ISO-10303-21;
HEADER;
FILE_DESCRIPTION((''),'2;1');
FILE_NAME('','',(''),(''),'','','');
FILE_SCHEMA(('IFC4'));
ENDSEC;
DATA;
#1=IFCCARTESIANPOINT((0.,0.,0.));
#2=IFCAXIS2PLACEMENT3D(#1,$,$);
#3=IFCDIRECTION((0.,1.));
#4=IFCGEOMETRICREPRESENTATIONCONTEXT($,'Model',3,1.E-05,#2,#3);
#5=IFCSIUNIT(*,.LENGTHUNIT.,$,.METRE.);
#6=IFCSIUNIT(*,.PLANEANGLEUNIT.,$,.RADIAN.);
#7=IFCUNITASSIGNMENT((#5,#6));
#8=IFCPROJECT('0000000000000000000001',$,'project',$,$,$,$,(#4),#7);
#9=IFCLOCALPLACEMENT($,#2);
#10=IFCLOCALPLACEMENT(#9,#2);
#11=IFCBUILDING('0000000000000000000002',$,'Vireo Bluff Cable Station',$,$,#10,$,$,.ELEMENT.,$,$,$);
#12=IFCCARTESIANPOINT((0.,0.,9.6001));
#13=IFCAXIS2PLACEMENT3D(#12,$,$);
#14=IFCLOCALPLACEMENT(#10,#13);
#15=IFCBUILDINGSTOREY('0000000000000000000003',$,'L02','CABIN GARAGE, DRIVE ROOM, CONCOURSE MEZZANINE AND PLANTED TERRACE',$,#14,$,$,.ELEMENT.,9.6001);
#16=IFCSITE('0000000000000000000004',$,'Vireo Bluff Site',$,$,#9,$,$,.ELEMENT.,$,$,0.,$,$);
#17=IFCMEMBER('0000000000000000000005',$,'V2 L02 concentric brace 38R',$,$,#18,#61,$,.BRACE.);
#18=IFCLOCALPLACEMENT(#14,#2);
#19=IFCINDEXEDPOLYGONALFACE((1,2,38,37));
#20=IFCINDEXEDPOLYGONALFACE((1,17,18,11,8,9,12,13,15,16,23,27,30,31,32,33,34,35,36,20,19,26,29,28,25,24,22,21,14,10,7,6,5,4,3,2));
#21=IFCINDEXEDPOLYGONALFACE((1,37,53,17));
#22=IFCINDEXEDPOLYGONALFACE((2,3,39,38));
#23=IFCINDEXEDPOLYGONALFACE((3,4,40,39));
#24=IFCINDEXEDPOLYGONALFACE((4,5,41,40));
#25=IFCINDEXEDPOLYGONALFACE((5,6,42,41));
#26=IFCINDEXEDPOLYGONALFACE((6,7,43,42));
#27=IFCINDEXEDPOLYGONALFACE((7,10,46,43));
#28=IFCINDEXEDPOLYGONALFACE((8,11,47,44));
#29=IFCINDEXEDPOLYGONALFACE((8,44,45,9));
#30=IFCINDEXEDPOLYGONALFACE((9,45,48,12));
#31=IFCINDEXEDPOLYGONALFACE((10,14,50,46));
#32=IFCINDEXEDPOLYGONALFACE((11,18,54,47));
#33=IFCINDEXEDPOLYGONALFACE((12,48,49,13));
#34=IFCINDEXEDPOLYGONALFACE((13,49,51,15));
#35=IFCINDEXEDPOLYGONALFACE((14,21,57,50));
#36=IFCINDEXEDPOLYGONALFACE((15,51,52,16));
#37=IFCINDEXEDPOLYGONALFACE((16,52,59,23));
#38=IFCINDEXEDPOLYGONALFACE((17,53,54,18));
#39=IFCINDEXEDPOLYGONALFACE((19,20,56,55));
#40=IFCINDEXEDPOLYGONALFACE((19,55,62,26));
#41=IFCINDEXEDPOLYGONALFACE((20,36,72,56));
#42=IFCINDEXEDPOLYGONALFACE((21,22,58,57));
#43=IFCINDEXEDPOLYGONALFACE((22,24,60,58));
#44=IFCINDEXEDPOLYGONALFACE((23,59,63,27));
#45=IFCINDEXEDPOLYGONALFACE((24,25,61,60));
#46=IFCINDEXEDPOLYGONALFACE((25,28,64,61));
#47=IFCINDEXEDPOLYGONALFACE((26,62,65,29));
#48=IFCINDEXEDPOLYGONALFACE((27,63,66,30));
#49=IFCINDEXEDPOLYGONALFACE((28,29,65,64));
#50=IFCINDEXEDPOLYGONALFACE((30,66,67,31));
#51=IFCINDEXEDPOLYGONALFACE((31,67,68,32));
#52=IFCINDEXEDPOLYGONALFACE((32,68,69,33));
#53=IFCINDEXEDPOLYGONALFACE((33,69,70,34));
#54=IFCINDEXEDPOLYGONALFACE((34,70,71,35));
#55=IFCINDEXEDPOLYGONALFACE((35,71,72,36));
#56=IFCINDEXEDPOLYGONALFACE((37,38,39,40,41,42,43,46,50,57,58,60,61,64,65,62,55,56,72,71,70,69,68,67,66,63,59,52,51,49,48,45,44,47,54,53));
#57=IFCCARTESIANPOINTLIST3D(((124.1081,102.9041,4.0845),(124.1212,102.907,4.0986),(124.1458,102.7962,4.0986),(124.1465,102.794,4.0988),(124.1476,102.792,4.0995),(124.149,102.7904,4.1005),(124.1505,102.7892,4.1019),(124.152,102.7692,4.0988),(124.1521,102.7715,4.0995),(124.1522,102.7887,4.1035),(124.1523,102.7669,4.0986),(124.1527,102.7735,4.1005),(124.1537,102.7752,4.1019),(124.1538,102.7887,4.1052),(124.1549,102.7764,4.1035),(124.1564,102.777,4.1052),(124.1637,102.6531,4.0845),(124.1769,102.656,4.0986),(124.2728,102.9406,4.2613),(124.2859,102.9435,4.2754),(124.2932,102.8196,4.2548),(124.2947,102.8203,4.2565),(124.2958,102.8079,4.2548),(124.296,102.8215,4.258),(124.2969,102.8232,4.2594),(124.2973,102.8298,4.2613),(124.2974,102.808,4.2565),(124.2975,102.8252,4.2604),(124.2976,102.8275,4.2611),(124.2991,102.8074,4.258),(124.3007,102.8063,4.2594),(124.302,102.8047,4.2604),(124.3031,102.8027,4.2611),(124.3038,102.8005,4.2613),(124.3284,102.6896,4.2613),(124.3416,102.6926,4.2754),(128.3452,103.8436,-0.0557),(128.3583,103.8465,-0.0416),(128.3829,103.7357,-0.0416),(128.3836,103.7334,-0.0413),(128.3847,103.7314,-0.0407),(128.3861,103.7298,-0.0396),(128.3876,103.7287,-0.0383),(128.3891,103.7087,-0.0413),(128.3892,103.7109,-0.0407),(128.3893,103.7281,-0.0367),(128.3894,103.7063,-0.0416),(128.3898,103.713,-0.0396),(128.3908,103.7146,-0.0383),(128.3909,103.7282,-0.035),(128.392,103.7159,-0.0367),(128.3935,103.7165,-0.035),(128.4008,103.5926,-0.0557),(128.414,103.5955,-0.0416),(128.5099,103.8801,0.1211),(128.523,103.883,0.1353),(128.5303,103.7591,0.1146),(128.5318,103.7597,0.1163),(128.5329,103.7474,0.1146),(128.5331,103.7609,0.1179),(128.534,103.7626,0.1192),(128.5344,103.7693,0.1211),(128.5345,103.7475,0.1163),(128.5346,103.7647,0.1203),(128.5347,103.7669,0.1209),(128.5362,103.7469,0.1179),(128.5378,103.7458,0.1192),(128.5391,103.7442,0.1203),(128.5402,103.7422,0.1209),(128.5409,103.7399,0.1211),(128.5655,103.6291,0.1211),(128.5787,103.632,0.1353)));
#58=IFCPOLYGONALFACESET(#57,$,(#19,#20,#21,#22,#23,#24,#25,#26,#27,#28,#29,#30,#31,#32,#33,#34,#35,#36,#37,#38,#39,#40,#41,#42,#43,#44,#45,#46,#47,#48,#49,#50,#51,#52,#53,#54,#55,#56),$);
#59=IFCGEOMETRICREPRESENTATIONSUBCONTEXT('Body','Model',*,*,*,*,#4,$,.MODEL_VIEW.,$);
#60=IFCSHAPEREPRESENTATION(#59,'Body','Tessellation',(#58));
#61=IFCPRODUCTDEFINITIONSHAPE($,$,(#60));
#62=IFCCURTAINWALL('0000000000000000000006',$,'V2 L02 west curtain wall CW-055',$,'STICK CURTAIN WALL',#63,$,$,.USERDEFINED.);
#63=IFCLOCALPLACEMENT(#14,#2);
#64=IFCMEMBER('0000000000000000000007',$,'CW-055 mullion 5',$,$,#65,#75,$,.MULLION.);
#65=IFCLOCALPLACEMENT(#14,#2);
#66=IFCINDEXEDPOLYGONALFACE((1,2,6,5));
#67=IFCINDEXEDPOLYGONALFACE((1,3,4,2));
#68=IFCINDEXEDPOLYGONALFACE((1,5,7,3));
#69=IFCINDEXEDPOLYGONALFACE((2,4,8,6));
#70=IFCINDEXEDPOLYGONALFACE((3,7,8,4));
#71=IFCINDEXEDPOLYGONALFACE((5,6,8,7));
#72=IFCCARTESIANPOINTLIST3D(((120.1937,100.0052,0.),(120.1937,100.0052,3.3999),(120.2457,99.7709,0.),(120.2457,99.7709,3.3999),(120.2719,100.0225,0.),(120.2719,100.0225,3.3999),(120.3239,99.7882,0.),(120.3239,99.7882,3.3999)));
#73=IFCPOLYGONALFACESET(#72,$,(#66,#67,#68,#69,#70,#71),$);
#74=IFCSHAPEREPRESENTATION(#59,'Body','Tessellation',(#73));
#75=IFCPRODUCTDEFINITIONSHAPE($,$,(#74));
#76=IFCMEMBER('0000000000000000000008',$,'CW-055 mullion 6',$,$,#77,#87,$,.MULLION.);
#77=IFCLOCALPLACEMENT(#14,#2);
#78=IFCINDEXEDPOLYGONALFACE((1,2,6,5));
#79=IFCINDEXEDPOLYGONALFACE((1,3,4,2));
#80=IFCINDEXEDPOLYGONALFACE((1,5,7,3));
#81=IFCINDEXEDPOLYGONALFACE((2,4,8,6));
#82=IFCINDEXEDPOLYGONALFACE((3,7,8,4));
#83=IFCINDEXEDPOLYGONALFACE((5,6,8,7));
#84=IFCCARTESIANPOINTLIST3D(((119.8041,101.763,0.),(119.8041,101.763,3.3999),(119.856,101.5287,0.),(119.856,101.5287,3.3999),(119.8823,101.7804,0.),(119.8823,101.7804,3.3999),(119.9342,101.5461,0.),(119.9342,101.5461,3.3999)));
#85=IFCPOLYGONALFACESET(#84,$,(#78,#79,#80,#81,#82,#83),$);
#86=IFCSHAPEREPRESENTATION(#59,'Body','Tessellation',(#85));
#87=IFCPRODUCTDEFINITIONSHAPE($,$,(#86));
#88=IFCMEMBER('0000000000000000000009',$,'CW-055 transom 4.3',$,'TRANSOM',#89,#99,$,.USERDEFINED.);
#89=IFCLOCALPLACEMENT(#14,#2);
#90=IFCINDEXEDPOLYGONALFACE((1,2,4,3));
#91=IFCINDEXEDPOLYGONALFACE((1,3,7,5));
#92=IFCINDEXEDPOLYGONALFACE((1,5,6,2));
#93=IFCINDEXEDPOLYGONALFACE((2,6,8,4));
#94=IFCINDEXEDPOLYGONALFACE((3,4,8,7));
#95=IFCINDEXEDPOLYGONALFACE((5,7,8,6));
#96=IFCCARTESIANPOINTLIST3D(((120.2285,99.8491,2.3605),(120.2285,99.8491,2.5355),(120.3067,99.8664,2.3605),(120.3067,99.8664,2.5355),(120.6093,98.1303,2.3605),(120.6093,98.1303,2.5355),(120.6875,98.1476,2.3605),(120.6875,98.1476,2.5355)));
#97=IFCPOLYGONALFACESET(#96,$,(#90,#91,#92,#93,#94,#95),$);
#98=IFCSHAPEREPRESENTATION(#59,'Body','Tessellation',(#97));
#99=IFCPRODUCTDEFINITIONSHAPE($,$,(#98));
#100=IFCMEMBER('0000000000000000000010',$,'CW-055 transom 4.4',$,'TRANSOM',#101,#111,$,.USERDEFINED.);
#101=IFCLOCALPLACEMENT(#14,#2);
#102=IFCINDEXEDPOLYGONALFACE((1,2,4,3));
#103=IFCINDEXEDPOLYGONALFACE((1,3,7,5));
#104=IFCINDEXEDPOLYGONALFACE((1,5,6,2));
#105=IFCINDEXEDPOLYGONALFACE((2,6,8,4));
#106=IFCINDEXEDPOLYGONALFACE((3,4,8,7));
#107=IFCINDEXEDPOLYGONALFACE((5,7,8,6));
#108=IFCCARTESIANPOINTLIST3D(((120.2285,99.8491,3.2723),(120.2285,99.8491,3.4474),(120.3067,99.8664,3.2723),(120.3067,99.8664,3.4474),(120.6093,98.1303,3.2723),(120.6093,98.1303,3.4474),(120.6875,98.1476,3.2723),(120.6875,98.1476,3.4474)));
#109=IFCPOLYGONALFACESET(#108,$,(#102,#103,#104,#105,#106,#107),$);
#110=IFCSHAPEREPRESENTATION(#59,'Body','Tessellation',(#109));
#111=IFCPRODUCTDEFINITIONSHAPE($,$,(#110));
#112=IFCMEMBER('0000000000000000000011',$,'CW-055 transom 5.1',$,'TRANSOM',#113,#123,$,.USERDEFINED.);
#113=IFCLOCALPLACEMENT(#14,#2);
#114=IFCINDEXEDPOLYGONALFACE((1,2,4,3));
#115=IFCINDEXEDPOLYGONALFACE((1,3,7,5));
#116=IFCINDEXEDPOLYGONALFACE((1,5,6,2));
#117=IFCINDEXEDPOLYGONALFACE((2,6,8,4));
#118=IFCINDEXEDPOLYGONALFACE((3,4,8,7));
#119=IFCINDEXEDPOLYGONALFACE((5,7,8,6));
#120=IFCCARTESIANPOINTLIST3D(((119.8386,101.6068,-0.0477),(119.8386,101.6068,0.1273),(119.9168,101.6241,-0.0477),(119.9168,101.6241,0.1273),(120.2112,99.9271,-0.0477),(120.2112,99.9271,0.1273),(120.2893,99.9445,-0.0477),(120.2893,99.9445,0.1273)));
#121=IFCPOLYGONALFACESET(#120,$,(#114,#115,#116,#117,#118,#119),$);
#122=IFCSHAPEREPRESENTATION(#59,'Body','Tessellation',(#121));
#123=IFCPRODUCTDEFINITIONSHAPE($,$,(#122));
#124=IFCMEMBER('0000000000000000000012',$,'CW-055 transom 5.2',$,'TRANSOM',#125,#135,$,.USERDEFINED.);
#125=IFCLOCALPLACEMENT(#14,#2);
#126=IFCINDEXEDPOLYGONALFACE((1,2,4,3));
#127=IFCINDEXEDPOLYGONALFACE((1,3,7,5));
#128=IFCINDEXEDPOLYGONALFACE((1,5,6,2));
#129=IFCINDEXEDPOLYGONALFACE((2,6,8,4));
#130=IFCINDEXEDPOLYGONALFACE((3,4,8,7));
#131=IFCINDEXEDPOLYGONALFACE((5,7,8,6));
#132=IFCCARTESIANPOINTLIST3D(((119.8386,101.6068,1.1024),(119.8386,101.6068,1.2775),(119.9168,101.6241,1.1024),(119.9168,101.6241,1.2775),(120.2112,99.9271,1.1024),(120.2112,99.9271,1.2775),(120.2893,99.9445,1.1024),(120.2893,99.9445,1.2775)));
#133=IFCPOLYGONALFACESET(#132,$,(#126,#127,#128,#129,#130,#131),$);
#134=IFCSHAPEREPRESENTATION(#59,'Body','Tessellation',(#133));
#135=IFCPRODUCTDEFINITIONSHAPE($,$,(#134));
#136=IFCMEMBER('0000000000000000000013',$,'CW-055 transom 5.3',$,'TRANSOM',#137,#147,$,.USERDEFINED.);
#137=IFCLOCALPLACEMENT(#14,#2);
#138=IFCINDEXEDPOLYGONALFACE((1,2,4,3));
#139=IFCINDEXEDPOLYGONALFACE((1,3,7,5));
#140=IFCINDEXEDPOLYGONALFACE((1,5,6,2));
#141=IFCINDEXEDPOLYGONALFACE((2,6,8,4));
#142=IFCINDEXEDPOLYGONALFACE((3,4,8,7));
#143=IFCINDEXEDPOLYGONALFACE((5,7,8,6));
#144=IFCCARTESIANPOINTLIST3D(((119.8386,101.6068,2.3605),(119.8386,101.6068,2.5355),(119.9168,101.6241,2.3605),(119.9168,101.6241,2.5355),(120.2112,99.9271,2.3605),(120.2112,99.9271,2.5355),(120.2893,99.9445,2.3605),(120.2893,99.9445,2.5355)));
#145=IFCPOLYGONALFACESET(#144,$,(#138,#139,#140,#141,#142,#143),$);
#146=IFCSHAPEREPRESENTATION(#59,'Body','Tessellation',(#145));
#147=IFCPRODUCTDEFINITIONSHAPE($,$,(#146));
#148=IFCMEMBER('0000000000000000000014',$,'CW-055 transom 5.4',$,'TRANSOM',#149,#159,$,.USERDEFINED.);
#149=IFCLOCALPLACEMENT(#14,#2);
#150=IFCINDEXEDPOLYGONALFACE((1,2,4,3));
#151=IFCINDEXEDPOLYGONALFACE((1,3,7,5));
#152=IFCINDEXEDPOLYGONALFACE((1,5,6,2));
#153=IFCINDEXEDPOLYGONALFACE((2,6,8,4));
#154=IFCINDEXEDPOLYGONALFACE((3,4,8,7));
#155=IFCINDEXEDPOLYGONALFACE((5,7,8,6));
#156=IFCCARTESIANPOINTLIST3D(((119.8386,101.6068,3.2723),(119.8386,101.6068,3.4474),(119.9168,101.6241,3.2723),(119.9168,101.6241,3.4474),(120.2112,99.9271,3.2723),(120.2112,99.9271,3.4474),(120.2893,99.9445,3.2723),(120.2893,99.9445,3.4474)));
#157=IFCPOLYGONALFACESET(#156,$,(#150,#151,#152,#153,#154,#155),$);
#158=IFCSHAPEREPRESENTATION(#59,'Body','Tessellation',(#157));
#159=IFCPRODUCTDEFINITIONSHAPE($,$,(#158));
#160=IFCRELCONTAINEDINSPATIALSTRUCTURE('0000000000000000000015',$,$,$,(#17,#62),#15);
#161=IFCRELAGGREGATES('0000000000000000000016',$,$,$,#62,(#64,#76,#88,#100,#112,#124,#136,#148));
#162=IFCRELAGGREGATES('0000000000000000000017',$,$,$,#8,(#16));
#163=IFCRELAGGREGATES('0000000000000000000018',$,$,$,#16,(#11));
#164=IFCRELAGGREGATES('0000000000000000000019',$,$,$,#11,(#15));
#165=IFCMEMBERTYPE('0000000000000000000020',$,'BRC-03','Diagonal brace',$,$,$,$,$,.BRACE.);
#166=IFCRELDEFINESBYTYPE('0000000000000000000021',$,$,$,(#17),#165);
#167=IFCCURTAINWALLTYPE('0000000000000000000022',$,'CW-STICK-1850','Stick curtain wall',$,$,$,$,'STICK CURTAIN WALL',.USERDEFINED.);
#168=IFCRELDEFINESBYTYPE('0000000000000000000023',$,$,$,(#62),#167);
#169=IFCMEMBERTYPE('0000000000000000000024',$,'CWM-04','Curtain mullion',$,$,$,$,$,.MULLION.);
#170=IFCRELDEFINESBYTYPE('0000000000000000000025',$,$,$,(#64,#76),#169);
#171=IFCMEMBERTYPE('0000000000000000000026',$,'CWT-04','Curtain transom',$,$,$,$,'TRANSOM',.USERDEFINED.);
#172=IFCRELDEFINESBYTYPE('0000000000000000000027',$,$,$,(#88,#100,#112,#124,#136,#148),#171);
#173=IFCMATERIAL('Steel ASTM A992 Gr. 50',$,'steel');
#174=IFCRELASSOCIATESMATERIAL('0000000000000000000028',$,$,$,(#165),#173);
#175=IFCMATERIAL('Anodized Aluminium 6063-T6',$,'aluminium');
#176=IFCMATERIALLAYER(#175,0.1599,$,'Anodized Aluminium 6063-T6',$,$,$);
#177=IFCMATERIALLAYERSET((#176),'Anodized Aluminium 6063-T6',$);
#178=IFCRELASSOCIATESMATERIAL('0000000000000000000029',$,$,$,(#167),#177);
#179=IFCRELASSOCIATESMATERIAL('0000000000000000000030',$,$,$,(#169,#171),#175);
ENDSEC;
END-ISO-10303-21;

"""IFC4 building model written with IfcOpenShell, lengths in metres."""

from ifc_helpers import new_model, si_unit, direction, frame, origin, origin_2d, place, context, subcontext, project, spatial, rectangle, i_section, extrude, material, layer, layer_set, material_profile, profile_set, type_object, element, aggregate, save


model = new_model("IFC4")

# Units and contexts
model_context = context("Model", 3, precision=1e-05, world=origin(), true_north=direction((0.0, 1.0)))
body_context = subcontext(model_context, "Body", "Model", "MODEL_VIEW")
ifc_project = project(units=[si_unit("LENGTHUNIT", "METRE"), si_unit("PLANEANGLEUNIT", "RADIAN")], contexts=[model_context])

# Site, building, storey
site_placement = place(None, origin())
site = spatial("IfcSite", under=ifc_project, at=site_placement, Name="Vireo Bluff Site", CompositionType="ELEMENT", RefElevation=0.0)
building_placement = place(site_placement, origin())
building = spatial("IfcBuilding", under=site, at=building_placement, Name="Vireo Bluff Cable Station", CompositionType="ELEMENT")
storey_placement = place(building_placement, frame((0.0, 0.0, 9.6001)))
storey = spatial("IfcBuildingStorey", under=building, at=storey_placement, Name="L02", Description="CABIN GARAGE, DRIVE ROOM, CONCOURSE MEZZANINE AND PLANTED TERRACE", CompositionType="ELEMENT", Elevation=9.6001)

# Shared definitions
ifc_material_1 = material(Name="Steel ASTM A992 Gr. 50", Category="steel")

# Member
ifc_material_profile_1 = material_profile(ifc_material_1, i_section(OverallWidth=0.2571, OverallDepth=0.2639, WebThickness=0.012, FlangeThickness=0.0195, FilletRadius=0.009, at=origin_2d()), Name="W10X68")
ifc_profile_set_1 = profile_set([ifc_material_profile_1], Name="Steel ASTM A992 Gr. 50")
member_type_1 = type_object("IfcMemberType", Name="BRC-03", Description="Diagonal brace", PredefinedType="BRACE", material=ifc_profile_set_1)
member_1_placement = place(storey_placement, frame((128.4619, 103.7378, 0.0398), z_axis=(-0.706412, -0.156628, 0.690253), x_axis=(0.216466, -0.97629, 0.0)))
element("IfcMember", 1, at=member_1_placement, inside=storey, type_object=member_type_1, Name="V2 L02 concentric brace 38R", PredefinedType="BRACE", context=body_context, shape_type="SweptSolid", body=[
    extrude(i_section(OverallWidth=0.2571, OverallDepth=0.2639, WebThickness=0.012, FlangeThickness=0.0195, FilletRadius=0.009, at=origin_2d()), origin(), (0.0, 0.0, 1.0), 5.998),
])

# Curtain wall, members
ifc_material_2 = material(Name="Anodized Aluminium 6063-T6", Category="aluminium")
ifc_layer_1 = layer(ifc_material_2, 0.1599, Name="Anodized Aluminium 6063-T6")
ifc_layer_set_1 = layer_set([ifc_layer_1], Name="Anodized Aluminium 6063-T6")
curtain_wall_type = type_object("IfcCurtainWallType", Name="CW-STICK-1850", Description="Stick curtain wall", ElementType="STICK CURTAIN WALL", PredefinedType="USERDEFINED", material=ifc_layer_set_1)
curtain_wall_placement = place(storey_placement, origin())
curtain_wall = element("IfcCurtainWall", 2, at=curtain_wall_placement, inside=storey, type_object=curtain_wall_type, Name="V2 L02 west curtain wall CW-055", ObjectType="STICK CURTAIN WALL", PredefinedType="USERDEFINED")
ifc_material_profile_2 = material_profile(ifc_material_2, rectangle(XDim=0.0801, YDim=0.24, at=origin_2d()), Name="ALU-M-80X240")
ifc_profile_set_2 = profile_set([ifc_material_profile_2], Name="Anodized Aluminium 6063-T6")
member_type_2 = type_object("IfcMemberType", Name="CWM-04", Description="Curtain mullion", PredefinedType="MULLION", material=ifc_profile_set_2)
member_2_placement = place(storey_placement, frame((120.2588, 99.8967, 0.0), z_axis=(0.0, 0.0, 1.0), x_axis=(-0.976296, -0.21644, 0.0)))
member_2 = element("IfcMember", 3, at=member_2_placement, type_object=member_type_2, Name="CW-055 mullion 5", PredefinedType="MULLION", context=body_context, shape_type="SweptSolid", body=[
    extrude(rectangle(XDim=0.0801, YDim=0.24, at=origin_2d()), origin(), (0.0, 0.0, 1.0), 3.3999),
])
member_3_placement = place(storey_placement, frame((119.8691, 101.6545, 0.0), z_axis=(0.0, 0.0, 1.0), x_axis=(-0.976296, -0.21644, 0.0)))
member_3 = element("IfcMember", 4, at=member_3_placement, type_object=member_type_2, Name="CW-055 mullion 6", PredefinedType="MULLION", context=body_context, shape_type="SweptSolid", body=[
    extrude(rectangle(XDim=0.0801, YDim=0.24, at=origin_2d()), origin(), (0.0, 0.0, 1.0), 3.3999),
])
ifc_material_profile_3 = material_profile(ifc_material_2, rectangle(XDim=0.0801, YDim=0.175, at=origin_2d()), Name="ALU-T-80X175")
ifc_profile_set_3 = profile_set([ifc_material_profile_3], Name="Anodized Aluminium 6063-T6")
member_type_3 = type_object("IfcMemberType", Name="CWT-04", Description="Curtain transom", ElementType="TRANSOM", PredefinedType="USERDEFINED", material=ifc_profile_set_3)
member_4_placement = place(storey_placement, frame((120.6484, 98.1389, 2.448), z_axis=(-0.216343, 0.976317, 0.0), x_axis=(-0.976317, -0.216343, 0.0)))
member_4 = element("IfcMember", 5, at=member_4_placement, type_object=member_type_3, Name="CW-055 transom 4.3", ObjectType="TRANSOM", PredefinedType="USERDEFINED", context=body_context, shape_type="SweptSolid", body=[
    extrude(rectangle(XDim=0.0801, YDim=0.175, at=origin_2d()), origin(), (0.0, 0.0, 1.0), 1.7605),
])
member_5_placement = place(storey_placement, frame((120.6484, 98.1389, 3.3599), z_axis=(-0.216343, 0.976317, 0.0), x_axis=(-0.976317, -0.216343, 0.0)))
member_5 = element("IfcMember", 6, at=member_5_placement, type_object=member_type_3, Name="CW-055 transom 4.4", ObjectType="TRANSOM", PredefinedType="USERDEFINED", context=body_context, shape_type="SweptSolid", body=[
    extrude(rectangle(XDim=0.0801, YDim=0.175, at=origin_2d()), origin(), (0.0, 0.0, 1.0), 1.7605),
])
member_6_placement = place(storey_placement, frame((120.2502, 99.9358, 0.0398), z_axis=(-0.21654, 0.976274, 0.0), x_axis=(-0.976274, -0.21654, 0.0)))
member_6 = element("IfcMember", 7, at=member_6_placement, type_object=member_type_3, Name="CW-055 transom 5.1", ObjectType="TRANSOM", PredefinedType="USERDEFINED", context=body_context, shape_type="SweptSolid", body=[
    extrude(rectangle(XDim=0.0801, YDim=0.175, at=origin_2d()), origin(), (0.0, 0.0, 1.0), 1.7205),
])
member_7_placement = place(storey_placement, frame((120.2502, 99.9358, 1.1899), z_axis=(-0.21654, 0.976274, 0.0), x_axis=(-0.976274, -0.21654, 0.0)))
member_7 = element("IfcMember", 8, at=member_7_placement, type_object=member_type_3, Name="CW-055 transom 5.2", ObjectType="TRANSOM", PredefinedType="USERDEFINED", context=body_context, shape_type="SweptSolid", body=[
    extrude(rectangle(XDim=0.0801, YDim=0.175, at=origin_2d()), origin(), (0.0, 0.0, 1.0), 1.7205),
])
member_8_placement = place(storey_placement, frame((120.2502, 99.9358, 2.448), z_axis=(-0.21654, 0.976274, 0.0), x_axis=(-0.976274, -0.21654, 0.0)))
member_8 = element("IfcMember", 9, at=member_8_placement, type_object=member_type_3, Name="CW-055 transom 5.3", ObjectType="TRANSOM", PredefinedType="USERDEFINED", context=body_context, shape_type="SweptSolid", body=[
    extrude(rectangle(XDim=0.0801, YDim=0.175, at=origin_2d()), origin(), (0.0, 0.0, 1.0), 1.7205),
])
member_9_placement = place(storey_placement, frame((120.2502, 99.9358, 3.3599), z_axis=(-0.21654, 0.976274, 0.0), x_axis=(-0.976274, -0.21654, 0.0)))
member_9 = element("IfcMember", 10, at=member_9_placement, type_object=member_type_3, Name="CW-055 transom 5.4", ObjectType="TRANSOM", PredefinedType="USERDEFINED", context=body_context, shape_type="SweptSolid", body=[
    extrude(rectangle(XDim=0.0801, YDim=0.175, at=origin_2d()), origin(), (0.0, 0.0, 1.0), 1.7205),
])

aggregate(curtain_wall, [member_2, member_3, member_4, member_5, member_6, member_7, member_8, member_9])

save(model, "model.ifc")
